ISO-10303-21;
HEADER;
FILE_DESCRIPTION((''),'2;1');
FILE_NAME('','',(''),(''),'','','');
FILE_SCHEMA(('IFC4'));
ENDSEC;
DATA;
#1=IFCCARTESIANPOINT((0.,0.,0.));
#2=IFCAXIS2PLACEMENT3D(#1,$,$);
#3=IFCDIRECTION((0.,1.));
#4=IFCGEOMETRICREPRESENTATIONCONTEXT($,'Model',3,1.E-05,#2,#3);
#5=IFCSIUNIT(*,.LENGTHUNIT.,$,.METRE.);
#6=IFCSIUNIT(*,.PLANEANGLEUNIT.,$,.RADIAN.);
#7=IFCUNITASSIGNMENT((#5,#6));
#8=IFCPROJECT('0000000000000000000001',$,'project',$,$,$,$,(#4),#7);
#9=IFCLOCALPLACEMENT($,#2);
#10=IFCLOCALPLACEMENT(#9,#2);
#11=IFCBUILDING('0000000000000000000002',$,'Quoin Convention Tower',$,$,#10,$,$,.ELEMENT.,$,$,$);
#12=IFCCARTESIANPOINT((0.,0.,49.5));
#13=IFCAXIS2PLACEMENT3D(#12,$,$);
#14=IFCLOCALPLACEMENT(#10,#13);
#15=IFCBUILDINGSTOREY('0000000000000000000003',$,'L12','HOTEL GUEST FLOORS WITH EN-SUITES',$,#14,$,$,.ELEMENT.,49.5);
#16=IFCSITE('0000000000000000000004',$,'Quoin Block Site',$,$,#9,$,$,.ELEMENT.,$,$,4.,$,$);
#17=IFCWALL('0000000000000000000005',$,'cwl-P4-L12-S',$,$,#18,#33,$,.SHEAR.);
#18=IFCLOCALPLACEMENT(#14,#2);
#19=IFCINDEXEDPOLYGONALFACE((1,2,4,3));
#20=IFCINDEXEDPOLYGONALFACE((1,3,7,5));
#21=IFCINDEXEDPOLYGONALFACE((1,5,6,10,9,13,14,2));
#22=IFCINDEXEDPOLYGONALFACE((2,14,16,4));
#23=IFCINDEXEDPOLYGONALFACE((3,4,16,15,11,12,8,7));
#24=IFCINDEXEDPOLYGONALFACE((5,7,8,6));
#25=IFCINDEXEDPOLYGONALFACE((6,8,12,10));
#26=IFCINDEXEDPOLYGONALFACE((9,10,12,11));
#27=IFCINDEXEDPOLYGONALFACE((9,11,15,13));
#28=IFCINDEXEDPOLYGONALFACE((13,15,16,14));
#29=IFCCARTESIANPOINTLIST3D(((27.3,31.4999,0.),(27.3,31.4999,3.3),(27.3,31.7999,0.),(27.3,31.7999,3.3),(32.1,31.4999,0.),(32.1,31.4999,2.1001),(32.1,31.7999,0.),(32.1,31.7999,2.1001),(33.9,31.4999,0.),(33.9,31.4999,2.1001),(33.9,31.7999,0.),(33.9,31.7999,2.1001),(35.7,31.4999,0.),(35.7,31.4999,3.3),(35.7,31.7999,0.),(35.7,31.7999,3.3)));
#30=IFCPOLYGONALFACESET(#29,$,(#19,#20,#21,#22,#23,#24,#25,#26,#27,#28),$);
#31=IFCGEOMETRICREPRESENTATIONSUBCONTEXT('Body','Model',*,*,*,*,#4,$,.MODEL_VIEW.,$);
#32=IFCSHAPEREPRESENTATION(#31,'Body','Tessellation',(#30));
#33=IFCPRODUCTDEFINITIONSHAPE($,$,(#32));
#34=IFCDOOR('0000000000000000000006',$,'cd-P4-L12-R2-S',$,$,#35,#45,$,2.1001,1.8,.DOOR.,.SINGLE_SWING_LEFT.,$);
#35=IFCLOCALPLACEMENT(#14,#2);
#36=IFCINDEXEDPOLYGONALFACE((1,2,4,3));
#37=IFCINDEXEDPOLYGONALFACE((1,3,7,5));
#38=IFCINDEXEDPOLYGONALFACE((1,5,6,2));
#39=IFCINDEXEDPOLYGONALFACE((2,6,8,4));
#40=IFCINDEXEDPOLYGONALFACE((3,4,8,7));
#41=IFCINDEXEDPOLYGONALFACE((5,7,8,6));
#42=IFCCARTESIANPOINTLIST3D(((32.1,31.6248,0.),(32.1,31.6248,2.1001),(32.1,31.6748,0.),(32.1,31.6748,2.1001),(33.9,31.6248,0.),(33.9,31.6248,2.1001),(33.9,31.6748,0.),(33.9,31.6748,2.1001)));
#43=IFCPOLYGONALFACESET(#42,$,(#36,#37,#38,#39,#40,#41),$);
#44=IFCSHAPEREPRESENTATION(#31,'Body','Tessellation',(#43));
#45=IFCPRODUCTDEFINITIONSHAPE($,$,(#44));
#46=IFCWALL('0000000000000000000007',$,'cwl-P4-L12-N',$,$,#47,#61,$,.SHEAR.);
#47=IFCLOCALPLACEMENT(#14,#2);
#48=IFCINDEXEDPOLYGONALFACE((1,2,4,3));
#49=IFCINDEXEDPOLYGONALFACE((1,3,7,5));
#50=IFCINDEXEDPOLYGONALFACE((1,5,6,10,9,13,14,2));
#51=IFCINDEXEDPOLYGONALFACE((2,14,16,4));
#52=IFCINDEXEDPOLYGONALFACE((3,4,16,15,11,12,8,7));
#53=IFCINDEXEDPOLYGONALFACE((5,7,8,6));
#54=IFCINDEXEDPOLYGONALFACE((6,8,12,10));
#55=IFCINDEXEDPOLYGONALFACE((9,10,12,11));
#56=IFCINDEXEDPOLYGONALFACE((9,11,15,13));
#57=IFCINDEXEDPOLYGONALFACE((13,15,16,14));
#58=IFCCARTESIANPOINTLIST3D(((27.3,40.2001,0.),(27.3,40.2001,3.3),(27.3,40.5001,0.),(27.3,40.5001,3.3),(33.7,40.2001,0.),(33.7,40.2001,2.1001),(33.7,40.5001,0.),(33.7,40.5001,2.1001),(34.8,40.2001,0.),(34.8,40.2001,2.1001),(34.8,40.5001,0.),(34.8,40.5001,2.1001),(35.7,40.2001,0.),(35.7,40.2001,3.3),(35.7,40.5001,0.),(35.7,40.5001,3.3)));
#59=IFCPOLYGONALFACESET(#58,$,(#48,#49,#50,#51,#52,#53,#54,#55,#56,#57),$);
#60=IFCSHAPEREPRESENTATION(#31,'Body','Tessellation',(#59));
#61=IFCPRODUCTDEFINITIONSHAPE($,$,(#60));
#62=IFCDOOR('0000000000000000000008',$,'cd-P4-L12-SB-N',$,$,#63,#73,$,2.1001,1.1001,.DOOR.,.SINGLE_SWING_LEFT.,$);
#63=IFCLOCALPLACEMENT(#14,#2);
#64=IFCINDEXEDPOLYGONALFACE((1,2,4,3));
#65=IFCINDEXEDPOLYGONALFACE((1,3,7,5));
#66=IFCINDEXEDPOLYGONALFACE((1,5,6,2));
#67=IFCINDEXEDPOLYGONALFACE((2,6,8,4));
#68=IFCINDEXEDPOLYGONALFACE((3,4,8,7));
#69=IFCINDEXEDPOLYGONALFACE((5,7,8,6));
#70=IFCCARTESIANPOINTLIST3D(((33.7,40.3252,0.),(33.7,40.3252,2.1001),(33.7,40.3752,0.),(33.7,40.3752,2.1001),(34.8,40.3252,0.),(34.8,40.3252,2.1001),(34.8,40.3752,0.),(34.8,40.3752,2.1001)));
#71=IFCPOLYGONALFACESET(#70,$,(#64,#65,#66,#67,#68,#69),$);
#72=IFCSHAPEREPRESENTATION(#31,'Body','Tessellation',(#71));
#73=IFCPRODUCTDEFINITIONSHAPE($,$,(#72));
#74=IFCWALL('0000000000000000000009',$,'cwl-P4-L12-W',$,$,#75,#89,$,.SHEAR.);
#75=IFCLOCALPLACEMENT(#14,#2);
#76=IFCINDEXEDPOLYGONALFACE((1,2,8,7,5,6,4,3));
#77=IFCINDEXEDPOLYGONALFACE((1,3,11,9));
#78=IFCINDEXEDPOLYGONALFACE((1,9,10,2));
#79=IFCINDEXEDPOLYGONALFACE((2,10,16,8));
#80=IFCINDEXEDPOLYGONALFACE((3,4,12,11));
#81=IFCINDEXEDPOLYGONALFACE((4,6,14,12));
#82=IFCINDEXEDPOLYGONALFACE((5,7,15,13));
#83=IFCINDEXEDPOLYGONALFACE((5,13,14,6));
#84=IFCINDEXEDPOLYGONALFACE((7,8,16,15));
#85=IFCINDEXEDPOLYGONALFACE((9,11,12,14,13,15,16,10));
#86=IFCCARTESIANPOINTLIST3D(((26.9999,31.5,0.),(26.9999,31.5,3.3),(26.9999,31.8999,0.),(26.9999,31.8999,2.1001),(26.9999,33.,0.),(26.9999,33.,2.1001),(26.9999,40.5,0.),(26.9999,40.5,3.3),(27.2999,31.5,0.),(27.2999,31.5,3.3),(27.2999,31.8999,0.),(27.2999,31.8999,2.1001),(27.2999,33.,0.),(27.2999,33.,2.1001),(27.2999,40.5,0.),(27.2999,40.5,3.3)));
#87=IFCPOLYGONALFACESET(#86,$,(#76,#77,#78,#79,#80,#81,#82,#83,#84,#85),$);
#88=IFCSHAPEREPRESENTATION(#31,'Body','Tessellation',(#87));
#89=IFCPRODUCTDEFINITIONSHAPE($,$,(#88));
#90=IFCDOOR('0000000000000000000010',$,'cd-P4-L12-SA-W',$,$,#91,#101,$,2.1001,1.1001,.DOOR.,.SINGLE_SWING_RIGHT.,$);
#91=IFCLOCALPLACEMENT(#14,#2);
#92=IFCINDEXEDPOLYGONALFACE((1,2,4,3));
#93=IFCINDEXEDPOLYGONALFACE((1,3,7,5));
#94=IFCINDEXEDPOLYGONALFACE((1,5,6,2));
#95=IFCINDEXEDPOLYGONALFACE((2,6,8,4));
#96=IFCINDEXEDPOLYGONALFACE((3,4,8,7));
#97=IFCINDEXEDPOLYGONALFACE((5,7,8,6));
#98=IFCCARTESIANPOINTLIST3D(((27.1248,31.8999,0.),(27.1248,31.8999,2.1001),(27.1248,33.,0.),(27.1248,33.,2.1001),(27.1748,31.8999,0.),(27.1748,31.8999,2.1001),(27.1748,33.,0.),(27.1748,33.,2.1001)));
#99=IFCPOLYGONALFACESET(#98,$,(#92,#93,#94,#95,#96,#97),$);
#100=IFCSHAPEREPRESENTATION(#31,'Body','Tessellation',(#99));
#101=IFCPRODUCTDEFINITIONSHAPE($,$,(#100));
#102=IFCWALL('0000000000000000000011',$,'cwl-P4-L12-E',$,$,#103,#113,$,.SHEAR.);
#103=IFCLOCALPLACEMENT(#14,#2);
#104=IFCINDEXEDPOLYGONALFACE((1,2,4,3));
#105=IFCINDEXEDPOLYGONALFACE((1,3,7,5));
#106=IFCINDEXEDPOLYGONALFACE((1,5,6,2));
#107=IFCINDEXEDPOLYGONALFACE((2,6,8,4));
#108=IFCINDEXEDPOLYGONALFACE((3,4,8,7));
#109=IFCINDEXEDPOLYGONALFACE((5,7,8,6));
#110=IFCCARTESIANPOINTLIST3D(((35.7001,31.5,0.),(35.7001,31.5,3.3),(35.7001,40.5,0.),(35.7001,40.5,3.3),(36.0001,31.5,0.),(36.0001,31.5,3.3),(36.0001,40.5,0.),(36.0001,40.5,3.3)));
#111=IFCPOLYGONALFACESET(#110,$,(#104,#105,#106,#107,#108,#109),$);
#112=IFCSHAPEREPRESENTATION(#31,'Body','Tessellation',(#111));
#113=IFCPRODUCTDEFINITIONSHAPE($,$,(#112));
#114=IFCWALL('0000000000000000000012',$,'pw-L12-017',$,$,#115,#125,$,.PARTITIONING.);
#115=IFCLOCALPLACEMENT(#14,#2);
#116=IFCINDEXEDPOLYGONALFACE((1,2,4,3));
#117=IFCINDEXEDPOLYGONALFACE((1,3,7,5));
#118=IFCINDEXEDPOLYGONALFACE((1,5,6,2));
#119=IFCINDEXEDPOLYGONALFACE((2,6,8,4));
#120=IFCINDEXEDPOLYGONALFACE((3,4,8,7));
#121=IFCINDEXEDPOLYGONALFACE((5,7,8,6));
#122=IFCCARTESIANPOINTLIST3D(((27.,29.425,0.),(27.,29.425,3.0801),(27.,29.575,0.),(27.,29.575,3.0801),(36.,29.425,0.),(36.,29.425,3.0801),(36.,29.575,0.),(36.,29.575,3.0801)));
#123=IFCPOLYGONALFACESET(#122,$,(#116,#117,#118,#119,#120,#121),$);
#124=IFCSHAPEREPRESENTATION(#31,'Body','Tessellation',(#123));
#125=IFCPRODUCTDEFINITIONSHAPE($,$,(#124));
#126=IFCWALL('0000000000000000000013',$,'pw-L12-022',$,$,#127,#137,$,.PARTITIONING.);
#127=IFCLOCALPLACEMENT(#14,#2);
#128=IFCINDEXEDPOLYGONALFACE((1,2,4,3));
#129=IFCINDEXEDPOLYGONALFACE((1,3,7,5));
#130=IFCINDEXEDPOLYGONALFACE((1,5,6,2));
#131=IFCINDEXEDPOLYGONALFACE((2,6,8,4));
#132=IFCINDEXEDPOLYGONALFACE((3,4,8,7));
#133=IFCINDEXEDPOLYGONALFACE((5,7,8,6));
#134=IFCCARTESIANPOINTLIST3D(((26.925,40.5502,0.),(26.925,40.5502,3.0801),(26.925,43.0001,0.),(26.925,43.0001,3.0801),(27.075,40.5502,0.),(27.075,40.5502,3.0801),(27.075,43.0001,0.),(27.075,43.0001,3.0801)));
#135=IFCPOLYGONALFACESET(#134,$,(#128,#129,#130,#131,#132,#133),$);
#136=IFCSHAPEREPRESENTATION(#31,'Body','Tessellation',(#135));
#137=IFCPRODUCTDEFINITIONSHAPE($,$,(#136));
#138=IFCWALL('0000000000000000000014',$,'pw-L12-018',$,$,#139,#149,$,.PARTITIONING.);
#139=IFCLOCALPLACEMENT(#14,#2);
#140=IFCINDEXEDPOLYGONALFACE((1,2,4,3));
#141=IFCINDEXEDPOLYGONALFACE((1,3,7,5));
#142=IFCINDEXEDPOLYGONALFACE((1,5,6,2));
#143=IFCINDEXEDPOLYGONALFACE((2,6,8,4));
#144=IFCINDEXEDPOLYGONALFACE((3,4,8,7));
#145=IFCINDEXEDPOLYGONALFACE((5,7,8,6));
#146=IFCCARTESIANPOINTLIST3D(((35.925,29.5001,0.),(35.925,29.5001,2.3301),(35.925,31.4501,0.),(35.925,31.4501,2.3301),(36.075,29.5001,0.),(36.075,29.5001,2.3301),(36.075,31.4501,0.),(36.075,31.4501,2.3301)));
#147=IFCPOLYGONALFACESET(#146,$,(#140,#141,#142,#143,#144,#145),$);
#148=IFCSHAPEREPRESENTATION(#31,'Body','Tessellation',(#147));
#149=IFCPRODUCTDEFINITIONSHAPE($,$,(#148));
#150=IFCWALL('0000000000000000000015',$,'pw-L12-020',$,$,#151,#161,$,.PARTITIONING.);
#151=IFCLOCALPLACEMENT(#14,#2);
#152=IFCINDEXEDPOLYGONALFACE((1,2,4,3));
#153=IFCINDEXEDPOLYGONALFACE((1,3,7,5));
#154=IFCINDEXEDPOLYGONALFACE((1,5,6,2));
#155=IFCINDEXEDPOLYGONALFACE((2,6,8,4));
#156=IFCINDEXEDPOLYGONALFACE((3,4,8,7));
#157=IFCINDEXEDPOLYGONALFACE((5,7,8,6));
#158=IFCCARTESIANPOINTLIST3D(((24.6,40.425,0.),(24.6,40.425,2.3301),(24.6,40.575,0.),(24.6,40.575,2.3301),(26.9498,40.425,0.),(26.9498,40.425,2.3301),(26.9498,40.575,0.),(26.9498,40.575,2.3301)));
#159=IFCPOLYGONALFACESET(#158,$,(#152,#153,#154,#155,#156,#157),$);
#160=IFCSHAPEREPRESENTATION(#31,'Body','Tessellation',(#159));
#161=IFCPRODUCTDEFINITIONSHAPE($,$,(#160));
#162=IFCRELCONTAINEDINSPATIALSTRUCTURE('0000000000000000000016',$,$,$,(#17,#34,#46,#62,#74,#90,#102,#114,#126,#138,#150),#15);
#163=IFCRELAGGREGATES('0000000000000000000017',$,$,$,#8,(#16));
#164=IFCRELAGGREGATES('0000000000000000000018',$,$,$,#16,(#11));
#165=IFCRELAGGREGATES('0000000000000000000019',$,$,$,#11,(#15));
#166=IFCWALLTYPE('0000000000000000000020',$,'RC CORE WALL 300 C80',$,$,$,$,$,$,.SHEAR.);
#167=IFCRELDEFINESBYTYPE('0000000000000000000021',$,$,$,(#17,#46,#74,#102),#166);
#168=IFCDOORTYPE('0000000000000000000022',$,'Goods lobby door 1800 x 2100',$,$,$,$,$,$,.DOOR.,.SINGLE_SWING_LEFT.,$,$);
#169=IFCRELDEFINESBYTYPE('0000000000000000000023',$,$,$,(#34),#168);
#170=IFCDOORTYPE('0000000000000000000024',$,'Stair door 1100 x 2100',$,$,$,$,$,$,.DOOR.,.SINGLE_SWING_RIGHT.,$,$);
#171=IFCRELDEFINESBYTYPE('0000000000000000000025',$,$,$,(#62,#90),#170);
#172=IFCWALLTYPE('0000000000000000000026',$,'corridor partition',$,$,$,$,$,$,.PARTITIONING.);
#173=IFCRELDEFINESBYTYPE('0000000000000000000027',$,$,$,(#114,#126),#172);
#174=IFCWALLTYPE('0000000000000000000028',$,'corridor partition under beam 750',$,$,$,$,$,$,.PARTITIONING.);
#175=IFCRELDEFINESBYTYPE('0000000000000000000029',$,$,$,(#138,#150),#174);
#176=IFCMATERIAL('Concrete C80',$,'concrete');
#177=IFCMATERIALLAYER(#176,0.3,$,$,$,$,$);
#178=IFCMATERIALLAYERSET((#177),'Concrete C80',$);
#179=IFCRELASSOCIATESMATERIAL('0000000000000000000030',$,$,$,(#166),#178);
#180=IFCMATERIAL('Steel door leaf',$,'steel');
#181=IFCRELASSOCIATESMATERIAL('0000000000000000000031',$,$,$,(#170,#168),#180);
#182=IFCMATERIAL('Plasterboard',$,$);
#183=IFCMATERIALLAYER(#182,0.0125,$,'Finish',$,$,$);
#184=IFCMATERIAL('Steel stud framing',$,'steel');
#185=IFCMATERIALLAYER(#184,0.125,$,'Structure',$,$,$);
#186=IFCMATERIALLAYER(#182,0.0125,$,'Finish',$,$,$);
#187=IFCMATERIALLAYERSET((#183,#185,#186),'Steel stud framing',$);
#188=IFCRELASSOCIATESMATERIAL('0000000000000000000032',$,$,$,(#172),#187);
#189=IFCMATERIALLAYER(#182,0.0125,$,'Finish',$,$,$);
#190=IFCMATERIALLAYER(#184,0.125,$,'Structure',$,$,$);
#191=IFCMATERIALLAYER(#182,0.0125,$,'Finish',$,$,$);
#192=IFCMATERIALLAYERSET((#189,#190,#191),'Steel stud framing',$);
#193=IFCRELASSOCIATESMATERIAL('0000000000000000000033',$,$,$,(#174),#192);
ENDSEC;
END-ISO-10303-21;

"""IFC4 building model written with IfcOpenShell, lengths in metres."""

from ifc_helpers import new_model, si_unit, direction, frame, frame_2d, origin, place, context, subcontext, project, spatial, rectangle, extrude, material, layer, layer_set, type_object, element, fill, save


model = new_model("IFC4")

# Units and contexts
model_context = context("Model", 3, precision=1e-05, world=origin(), true_north=direction((0.0, 1.0)))
body_context = subcontext(model_context, "Body", "Model", "MODEL_VIEW")
ifc_project = project(units=[si_unit("LENGTHUNIT", "METRE"), si_unit("PLANEANGLEUNIT", "RADIAN")], contexts=[model_context])

# Site, building, storey
site_placement = place(None, origin())
site = spatial("IfcSite", under=ifc_project, at=site_placement, Name="Quoin Block Site", CompositionType="ELEMENT", RefElevation=4.0)
building_placement = place(site_placement, origin())
building = spatial("IfcBuilding", under=site, at=building_placement, Name="Quoin Convention Tower", CompositionType="ELEMENT")
storey_placement = place(building_placement, frame((0.0, 0.0, 49.5)))
storey = spatial("IfcBuildingStorey", under=building, at=storey_placement, Name="L12", Description="HOTEL GUEST FLOORS WITH EN-SUITES", CompositionType="ELEMENT", Elevation=49.5)

# Shared definitions
ifc_material_1 = material(Name="Concrete C80", Category="concrete")

# Shared definitions
ifc_material_2 = material(Name="Steel door leaf", Category="steel")

# Shared definitions
ifc_layer_1 = layer(ifc_material_1, 0.3)
ifc_layer_set_1 = layer_set([ifc_layer_1], Name="Concrete C80")
wall_type_1 = type_object("IfcWallType", Name="RC CORE WALL 300 C80", PredefinedType="SHEAR", material=ifc_layer_set_1)
door_type_1 = type_object("IfcDoorType", Name="Stair door 1100 x 2100", OperationType="SINGLE_SWING_RIGHT", PredefinedType="DOOR", material=ifc_material_2)

# Walls, openings, doors
wall_1_placement = place(storey_placement, frame((27.3, 31.6499, 0.0), z_axis=(0.0, 0.0, 1.0), x_axis=(1.0, 0.0, 0.0)))
wall_1 = element("IfcWall", 1, at=wall_1_placement, inside=storey, type_object=wall_type_1, Name="cwl-P4-L12-S", PredefinedType="SHEAR", context=body_context, shape_type="SweptSolid", body=[
    extrude(rectangle(XDim=8.3999, YDim=0.3, at=frame_2d((4.2, 0.0))), origin(), (0.0, 0.0, 1.0), 3.3),
])
opening_1_placement = place(wall_1_placement, frame((4.8, 0.0, 0.0)))
opening_1 = element("IfcOpeningElement", 2, at=opening_1_placement, cuts=wall_1, PredefinedType="OPENING", context=body_context, shape_type="SweptSolid", body=[
    extrude(rectangle(XDim=1.8, YDim=2.1001, at=frame_2d((0.8999, 1.05))), frame((0.0, 0.1599, 0.0), z_axis=(0.0, -1.0, 0.0), x_axis=(1.0, 0.0, 0.0)), (0.0, 0.0, 1.0), 0.3201),
])
door_type_2 = type_object("IfcDoorType", Name="Goods lobby door 1800 x 2100", OperationType="SINGLE_SWING_LEFT", PredefinedType="DOOR", material=ifc_material_2)
door_1_placement = place(opening_1_placement, origin())
door_1 = element("IfcDoor", 3, at=door_1_placement, inside=storey, type_object=door_type_2, Name="cd-P4-L12-R2-S", OperationType="SINGLE_SWING_LEFT", OverallHeight=2.1001, OverallWidth=1.8, PredefinedType="DOOR", context=body_context, shape_type="SweptSolid", body=[
    extrude(rectangle(XDim=1.8, YDim=2.1001, at=frame_2d((0.8999, 1.05))), frame((0.0, 0.0249, 0.0), z_axis=(0.0, -1.0, 0.0), x_axis=(1.0, 0.0, 0.0)), (0.0, 0.0, 1.0), 0.05),
])
fill(opening_1, door_1)
wall_2_placement = place(storey_placement, frame((27.3, 40.3501, 0.0), z_axis=(0.0, 0.0, 1.0), x_axis=(1.0, 0.0, 0.0)))
wall_2 = element("IfcWall", 4, at=wall_2_placement, inside=storey, type_object=wall_type_1, Name="cwl-P4-L12-N", PredefinedType="SHEAR", context=body_context, shape_type="SweptSolid", body=[
    extrude(rectangle(XDim=8.3999, YDim=0.3, at=frame_2d((4.2, 0.0))), origin(), (0.0, 0.0, 1.0), 3.3),
])
opening_2_placement = place(wall_2_placement, frame((6.3999, 0.0, 0.0)))
opening_2 = element("IfcOpeningElement", 5, at=opening_2_placement, cuts=wall_2, PredefinedType="OPENING", context=body_context, shape_type="SweptSolid", body=[
    extrude(rectangle(XDim=1.1001, YDim=2.1001, at=frame_2d((0.55, 1.05))), frame((0.0, 0.1599, 0.0), z_axis=(0.0, -1.0, 0.0), x_axis=(1.0, 0.0, 0.0)), (0.0, 0.0, 1.0), 0.3201),
])
door_2_placement = place(opening_2_placement, frame((1.1001, 0.0, 0.0), z_axis=(0.0, 0.0, 1.0), x_axis=(-1.0, 0.0, 0.0)))
door_2 = element("IfcDoor", 6, at=door_2_placement, inside=storey, type_object=door_type_1, Name="cd-P4-L12-SB-N", OperationType="SINGLE_SWING_LEFT", OverallHeight=2.1001, OverallWidth=1.1001, PredefinedType="DOOR", context=body_context, shape_type="SweptSolid", body=[
    extrude(rectangle(XDim=1.1001, YDim=2.1001, at=frame_2d((0.55, 1.05))), frame((0.0, 0.0249, 0.0), z_axis=(0.0, -1.0, 0.0), x_axis=(1.0, 0.0, 0.0)), (0.0, 0.0, 1.0), 0.05),
])
fill(opening_2, door_2)
wall_3_placement = place(storey_placement, frame((27.1499, 31.5, 0.0), z_axis=(0.0, 0.0, 1.0), x_axis=(0.0, 1.0, 0.0)))
wall_3 = element("IfcWall", 7, at=wall_3_placement, inside=storey, type_object=wall_type_1, Name="cwl-P4-L12-W", PredefinedType="SHEAR", context=body_context, shape_type="SweptSolid", body=[
    extrude(rectangle(XDim=9.0, YDim=0.3, at=frame_2d((4.5, 0.0))), origin(), (0.0, 0.0, 1.0), 3.3),
])
opening_3_placement = place(wall_3_placement, frame((0.3999, 0.0, 0.0)))
opening_3 = element("IfcOpeningElement", 8, at=opening_3_placement, cuts=wall_3, PredefinedType="OPENING", context=body_context, shape_type="SweptSolid", body=[
    extrude(rectangle(XDim=1.1001, YDim=2.1001, at=frame_2d((0.55, 1.05))), frame((0.0, 0.1599, 0.0), z_axis=(0.0, -1.0, 0.0), x_axis=(1.0, 0.0, 0.0)), (0.0, 0.0, 1.0), 0.3201),
])
door_3_placement = place(opening_3_placement, frame((1.1001, 0.0, 0.0), z_axis=(0.0, 0.0, 1.0), x_axis=(-1.0, 0.0, 0.0)))
door_3 = element("IfcDoor", 9, at=door_3_placement, inside=storey, type_object=door_type_1, Name="cd-P4-L12-SA-W", OperationType="SINGLE_SWING_RIGHT", OverallHeight=2.1001, OverallWidth=1.1001, PredefinedType="DOOR", context=body_context, shape_type="SweptSolid", body=[
    extrude(rectangle(XDim=1.1001, YDim=2.1001, at=frame_2d((0.55, 1.05))), frame((0.0, 0.0249, 0.0), z_axis=(0.0, -1.0, 0.0), x_axis=(1.0, 0.0, 0.0)), (0.0, 0.0, 1.0), 0.05),
])
fill(opening_3, door_3)

# Walls
wall_4_placement = place(storey_placement, frame((35.8501, 31.5, 0.0), z_axis=(0.0, 0.0, 1.0), x_axis=(0.0, 1.0, 0.0)))
element("IfcWall", 10, at=wall_4_placement, inside=storey, type_object=wall_type_1, Name="cwl-P4-L12-E", PredefinedType="SHEAR", context=body_context, shape_type="SweptSolid", body=[
    extrude(rectangle(XDim=9.0, YDim=0.3, at=frame_2d((4.5, 0.0))), origin(), (0.0, 0.0, 1.0), 3.3),
])
ifc_material_3 = material(Name="Plasterboard")
ifc_layer_2 = layer(ifc_material_3, 0.0125, Name="Finish")
ifc_material_4 = material(Name="Steel stud framing", Category="steel")
ifc_layer_3 = layer(ifc_material_4, 0.125, Name="Structure")
ifc_layer_4 = layer(ifc_material_3, 0.0125, Name="Finish")
ifc_layer_set_2 = layer_set([ifc_layer_2, ifc_layer_3, ifc_layer_4], Name="Steel stud framing")
wall_type_2 = type_object("IfcWallType", Name="corridor partition", PredefinedType="PARTITIONING", material=ifc_layer_set_2)
wall_5_placement = place(storey_placement, frame((27.0, 29.5, 0.0), z_axis=(0.0, 0.0, 1.0), x_axis=(1.0, 0.0, 0.0)))
element("IfcWall", 11, at=wall_5_placement, inside=storey, type_object=wall_type_2, Name="pw-L12-017", PredefinedType="PARTITIONING", context=body_context, shape_type="SweptSolid", body=[
    extrude(rectangle(XDim=9.0, YDim=0.1499, at=frame_2d((4.5, 0.0))), origin(), (0.0, 0.0, 1.0), 3.0801),
])
wall_6_placement = place(storey_placement, frame((27.0, 40.55, 0.0), z_axis=(0.0, 0.0, 1.0), x_axis=(0.0, 1.0, 0.0)))
element("IfcWall", 12, at=wall_6_placement, inside=storey, type_object=wall_type_2, Name="pw-L12-022", PredefinedType="PARTITIONING", context=body_context, shape_type="SweptSolid", body=[
    extrude(rectangle(XDim=2.45, YDim=0.1499, at=frame_2d((1.2251, 0.0))), origin(), (0.0, 0.0, 1.0), 3.0801),
])
ifc_layer_5 = layer(ifc_material_3, 0.0125, Name="Finish")
ifc_layer_6 = layer(ifc_material_4, 0.125, Name="Structure")
ifc_layer_7 = layer(ifc_material_3, 0.0125, Name="Finish")
ifc_layer_set_3 = layer_set([ifc_layer_5, ifc_layer_6, ifc_layer_7], Name="Steel stud framing")
wall_type_3 = type_object("IfcWallType", Name="corridor partition under beam 750", PredefinedType="PARTITIONING", material=ifc_layer_set_3)
wall_7_placement = place(storey_placement, frame((36.0, 29.5, 0.0), z_axis=(0.0, 0.0, 1.0), x_axis=(0.0, 1.0, 0.0)))
element("IfcWall", 13, at=wall_7_placement, inside=storey, type_object=wall_type_3, Name="pw-L12-018", PredefinedType="PARTITIONING", context=body_context, shape_type="SweptSolid", body=[
    extrude(rectangle(XDim=1.95, YDim=0.1499, at=frame_2d((0.9751, 0.0))), origin(), (0.0, 0.0, 1.0), 2.3301),
])
wall_8_placement = place(storey_placement, frame((24.6001, 40.5, 0.0), z_axis=(0.0, 0.0, 1.0), x_axis=(1.0, 0.0, 0.0)))
element("IfcWall", 14, at=wall_8_placement, inside=storey, type_object=wall_type_3, Name="pw-L12-020", PredefinedType="PARTITIONING", context=body_context, shape_type="SweptSolid", body=[
    extrude(rectangle(XDim=2.3499, YDim=0.1499, at=frame_2d((1.1748, 0.0))), origin(), (0.0, 0.0, 1.0), 2.3301),
])

save(model, "model.ifc")
